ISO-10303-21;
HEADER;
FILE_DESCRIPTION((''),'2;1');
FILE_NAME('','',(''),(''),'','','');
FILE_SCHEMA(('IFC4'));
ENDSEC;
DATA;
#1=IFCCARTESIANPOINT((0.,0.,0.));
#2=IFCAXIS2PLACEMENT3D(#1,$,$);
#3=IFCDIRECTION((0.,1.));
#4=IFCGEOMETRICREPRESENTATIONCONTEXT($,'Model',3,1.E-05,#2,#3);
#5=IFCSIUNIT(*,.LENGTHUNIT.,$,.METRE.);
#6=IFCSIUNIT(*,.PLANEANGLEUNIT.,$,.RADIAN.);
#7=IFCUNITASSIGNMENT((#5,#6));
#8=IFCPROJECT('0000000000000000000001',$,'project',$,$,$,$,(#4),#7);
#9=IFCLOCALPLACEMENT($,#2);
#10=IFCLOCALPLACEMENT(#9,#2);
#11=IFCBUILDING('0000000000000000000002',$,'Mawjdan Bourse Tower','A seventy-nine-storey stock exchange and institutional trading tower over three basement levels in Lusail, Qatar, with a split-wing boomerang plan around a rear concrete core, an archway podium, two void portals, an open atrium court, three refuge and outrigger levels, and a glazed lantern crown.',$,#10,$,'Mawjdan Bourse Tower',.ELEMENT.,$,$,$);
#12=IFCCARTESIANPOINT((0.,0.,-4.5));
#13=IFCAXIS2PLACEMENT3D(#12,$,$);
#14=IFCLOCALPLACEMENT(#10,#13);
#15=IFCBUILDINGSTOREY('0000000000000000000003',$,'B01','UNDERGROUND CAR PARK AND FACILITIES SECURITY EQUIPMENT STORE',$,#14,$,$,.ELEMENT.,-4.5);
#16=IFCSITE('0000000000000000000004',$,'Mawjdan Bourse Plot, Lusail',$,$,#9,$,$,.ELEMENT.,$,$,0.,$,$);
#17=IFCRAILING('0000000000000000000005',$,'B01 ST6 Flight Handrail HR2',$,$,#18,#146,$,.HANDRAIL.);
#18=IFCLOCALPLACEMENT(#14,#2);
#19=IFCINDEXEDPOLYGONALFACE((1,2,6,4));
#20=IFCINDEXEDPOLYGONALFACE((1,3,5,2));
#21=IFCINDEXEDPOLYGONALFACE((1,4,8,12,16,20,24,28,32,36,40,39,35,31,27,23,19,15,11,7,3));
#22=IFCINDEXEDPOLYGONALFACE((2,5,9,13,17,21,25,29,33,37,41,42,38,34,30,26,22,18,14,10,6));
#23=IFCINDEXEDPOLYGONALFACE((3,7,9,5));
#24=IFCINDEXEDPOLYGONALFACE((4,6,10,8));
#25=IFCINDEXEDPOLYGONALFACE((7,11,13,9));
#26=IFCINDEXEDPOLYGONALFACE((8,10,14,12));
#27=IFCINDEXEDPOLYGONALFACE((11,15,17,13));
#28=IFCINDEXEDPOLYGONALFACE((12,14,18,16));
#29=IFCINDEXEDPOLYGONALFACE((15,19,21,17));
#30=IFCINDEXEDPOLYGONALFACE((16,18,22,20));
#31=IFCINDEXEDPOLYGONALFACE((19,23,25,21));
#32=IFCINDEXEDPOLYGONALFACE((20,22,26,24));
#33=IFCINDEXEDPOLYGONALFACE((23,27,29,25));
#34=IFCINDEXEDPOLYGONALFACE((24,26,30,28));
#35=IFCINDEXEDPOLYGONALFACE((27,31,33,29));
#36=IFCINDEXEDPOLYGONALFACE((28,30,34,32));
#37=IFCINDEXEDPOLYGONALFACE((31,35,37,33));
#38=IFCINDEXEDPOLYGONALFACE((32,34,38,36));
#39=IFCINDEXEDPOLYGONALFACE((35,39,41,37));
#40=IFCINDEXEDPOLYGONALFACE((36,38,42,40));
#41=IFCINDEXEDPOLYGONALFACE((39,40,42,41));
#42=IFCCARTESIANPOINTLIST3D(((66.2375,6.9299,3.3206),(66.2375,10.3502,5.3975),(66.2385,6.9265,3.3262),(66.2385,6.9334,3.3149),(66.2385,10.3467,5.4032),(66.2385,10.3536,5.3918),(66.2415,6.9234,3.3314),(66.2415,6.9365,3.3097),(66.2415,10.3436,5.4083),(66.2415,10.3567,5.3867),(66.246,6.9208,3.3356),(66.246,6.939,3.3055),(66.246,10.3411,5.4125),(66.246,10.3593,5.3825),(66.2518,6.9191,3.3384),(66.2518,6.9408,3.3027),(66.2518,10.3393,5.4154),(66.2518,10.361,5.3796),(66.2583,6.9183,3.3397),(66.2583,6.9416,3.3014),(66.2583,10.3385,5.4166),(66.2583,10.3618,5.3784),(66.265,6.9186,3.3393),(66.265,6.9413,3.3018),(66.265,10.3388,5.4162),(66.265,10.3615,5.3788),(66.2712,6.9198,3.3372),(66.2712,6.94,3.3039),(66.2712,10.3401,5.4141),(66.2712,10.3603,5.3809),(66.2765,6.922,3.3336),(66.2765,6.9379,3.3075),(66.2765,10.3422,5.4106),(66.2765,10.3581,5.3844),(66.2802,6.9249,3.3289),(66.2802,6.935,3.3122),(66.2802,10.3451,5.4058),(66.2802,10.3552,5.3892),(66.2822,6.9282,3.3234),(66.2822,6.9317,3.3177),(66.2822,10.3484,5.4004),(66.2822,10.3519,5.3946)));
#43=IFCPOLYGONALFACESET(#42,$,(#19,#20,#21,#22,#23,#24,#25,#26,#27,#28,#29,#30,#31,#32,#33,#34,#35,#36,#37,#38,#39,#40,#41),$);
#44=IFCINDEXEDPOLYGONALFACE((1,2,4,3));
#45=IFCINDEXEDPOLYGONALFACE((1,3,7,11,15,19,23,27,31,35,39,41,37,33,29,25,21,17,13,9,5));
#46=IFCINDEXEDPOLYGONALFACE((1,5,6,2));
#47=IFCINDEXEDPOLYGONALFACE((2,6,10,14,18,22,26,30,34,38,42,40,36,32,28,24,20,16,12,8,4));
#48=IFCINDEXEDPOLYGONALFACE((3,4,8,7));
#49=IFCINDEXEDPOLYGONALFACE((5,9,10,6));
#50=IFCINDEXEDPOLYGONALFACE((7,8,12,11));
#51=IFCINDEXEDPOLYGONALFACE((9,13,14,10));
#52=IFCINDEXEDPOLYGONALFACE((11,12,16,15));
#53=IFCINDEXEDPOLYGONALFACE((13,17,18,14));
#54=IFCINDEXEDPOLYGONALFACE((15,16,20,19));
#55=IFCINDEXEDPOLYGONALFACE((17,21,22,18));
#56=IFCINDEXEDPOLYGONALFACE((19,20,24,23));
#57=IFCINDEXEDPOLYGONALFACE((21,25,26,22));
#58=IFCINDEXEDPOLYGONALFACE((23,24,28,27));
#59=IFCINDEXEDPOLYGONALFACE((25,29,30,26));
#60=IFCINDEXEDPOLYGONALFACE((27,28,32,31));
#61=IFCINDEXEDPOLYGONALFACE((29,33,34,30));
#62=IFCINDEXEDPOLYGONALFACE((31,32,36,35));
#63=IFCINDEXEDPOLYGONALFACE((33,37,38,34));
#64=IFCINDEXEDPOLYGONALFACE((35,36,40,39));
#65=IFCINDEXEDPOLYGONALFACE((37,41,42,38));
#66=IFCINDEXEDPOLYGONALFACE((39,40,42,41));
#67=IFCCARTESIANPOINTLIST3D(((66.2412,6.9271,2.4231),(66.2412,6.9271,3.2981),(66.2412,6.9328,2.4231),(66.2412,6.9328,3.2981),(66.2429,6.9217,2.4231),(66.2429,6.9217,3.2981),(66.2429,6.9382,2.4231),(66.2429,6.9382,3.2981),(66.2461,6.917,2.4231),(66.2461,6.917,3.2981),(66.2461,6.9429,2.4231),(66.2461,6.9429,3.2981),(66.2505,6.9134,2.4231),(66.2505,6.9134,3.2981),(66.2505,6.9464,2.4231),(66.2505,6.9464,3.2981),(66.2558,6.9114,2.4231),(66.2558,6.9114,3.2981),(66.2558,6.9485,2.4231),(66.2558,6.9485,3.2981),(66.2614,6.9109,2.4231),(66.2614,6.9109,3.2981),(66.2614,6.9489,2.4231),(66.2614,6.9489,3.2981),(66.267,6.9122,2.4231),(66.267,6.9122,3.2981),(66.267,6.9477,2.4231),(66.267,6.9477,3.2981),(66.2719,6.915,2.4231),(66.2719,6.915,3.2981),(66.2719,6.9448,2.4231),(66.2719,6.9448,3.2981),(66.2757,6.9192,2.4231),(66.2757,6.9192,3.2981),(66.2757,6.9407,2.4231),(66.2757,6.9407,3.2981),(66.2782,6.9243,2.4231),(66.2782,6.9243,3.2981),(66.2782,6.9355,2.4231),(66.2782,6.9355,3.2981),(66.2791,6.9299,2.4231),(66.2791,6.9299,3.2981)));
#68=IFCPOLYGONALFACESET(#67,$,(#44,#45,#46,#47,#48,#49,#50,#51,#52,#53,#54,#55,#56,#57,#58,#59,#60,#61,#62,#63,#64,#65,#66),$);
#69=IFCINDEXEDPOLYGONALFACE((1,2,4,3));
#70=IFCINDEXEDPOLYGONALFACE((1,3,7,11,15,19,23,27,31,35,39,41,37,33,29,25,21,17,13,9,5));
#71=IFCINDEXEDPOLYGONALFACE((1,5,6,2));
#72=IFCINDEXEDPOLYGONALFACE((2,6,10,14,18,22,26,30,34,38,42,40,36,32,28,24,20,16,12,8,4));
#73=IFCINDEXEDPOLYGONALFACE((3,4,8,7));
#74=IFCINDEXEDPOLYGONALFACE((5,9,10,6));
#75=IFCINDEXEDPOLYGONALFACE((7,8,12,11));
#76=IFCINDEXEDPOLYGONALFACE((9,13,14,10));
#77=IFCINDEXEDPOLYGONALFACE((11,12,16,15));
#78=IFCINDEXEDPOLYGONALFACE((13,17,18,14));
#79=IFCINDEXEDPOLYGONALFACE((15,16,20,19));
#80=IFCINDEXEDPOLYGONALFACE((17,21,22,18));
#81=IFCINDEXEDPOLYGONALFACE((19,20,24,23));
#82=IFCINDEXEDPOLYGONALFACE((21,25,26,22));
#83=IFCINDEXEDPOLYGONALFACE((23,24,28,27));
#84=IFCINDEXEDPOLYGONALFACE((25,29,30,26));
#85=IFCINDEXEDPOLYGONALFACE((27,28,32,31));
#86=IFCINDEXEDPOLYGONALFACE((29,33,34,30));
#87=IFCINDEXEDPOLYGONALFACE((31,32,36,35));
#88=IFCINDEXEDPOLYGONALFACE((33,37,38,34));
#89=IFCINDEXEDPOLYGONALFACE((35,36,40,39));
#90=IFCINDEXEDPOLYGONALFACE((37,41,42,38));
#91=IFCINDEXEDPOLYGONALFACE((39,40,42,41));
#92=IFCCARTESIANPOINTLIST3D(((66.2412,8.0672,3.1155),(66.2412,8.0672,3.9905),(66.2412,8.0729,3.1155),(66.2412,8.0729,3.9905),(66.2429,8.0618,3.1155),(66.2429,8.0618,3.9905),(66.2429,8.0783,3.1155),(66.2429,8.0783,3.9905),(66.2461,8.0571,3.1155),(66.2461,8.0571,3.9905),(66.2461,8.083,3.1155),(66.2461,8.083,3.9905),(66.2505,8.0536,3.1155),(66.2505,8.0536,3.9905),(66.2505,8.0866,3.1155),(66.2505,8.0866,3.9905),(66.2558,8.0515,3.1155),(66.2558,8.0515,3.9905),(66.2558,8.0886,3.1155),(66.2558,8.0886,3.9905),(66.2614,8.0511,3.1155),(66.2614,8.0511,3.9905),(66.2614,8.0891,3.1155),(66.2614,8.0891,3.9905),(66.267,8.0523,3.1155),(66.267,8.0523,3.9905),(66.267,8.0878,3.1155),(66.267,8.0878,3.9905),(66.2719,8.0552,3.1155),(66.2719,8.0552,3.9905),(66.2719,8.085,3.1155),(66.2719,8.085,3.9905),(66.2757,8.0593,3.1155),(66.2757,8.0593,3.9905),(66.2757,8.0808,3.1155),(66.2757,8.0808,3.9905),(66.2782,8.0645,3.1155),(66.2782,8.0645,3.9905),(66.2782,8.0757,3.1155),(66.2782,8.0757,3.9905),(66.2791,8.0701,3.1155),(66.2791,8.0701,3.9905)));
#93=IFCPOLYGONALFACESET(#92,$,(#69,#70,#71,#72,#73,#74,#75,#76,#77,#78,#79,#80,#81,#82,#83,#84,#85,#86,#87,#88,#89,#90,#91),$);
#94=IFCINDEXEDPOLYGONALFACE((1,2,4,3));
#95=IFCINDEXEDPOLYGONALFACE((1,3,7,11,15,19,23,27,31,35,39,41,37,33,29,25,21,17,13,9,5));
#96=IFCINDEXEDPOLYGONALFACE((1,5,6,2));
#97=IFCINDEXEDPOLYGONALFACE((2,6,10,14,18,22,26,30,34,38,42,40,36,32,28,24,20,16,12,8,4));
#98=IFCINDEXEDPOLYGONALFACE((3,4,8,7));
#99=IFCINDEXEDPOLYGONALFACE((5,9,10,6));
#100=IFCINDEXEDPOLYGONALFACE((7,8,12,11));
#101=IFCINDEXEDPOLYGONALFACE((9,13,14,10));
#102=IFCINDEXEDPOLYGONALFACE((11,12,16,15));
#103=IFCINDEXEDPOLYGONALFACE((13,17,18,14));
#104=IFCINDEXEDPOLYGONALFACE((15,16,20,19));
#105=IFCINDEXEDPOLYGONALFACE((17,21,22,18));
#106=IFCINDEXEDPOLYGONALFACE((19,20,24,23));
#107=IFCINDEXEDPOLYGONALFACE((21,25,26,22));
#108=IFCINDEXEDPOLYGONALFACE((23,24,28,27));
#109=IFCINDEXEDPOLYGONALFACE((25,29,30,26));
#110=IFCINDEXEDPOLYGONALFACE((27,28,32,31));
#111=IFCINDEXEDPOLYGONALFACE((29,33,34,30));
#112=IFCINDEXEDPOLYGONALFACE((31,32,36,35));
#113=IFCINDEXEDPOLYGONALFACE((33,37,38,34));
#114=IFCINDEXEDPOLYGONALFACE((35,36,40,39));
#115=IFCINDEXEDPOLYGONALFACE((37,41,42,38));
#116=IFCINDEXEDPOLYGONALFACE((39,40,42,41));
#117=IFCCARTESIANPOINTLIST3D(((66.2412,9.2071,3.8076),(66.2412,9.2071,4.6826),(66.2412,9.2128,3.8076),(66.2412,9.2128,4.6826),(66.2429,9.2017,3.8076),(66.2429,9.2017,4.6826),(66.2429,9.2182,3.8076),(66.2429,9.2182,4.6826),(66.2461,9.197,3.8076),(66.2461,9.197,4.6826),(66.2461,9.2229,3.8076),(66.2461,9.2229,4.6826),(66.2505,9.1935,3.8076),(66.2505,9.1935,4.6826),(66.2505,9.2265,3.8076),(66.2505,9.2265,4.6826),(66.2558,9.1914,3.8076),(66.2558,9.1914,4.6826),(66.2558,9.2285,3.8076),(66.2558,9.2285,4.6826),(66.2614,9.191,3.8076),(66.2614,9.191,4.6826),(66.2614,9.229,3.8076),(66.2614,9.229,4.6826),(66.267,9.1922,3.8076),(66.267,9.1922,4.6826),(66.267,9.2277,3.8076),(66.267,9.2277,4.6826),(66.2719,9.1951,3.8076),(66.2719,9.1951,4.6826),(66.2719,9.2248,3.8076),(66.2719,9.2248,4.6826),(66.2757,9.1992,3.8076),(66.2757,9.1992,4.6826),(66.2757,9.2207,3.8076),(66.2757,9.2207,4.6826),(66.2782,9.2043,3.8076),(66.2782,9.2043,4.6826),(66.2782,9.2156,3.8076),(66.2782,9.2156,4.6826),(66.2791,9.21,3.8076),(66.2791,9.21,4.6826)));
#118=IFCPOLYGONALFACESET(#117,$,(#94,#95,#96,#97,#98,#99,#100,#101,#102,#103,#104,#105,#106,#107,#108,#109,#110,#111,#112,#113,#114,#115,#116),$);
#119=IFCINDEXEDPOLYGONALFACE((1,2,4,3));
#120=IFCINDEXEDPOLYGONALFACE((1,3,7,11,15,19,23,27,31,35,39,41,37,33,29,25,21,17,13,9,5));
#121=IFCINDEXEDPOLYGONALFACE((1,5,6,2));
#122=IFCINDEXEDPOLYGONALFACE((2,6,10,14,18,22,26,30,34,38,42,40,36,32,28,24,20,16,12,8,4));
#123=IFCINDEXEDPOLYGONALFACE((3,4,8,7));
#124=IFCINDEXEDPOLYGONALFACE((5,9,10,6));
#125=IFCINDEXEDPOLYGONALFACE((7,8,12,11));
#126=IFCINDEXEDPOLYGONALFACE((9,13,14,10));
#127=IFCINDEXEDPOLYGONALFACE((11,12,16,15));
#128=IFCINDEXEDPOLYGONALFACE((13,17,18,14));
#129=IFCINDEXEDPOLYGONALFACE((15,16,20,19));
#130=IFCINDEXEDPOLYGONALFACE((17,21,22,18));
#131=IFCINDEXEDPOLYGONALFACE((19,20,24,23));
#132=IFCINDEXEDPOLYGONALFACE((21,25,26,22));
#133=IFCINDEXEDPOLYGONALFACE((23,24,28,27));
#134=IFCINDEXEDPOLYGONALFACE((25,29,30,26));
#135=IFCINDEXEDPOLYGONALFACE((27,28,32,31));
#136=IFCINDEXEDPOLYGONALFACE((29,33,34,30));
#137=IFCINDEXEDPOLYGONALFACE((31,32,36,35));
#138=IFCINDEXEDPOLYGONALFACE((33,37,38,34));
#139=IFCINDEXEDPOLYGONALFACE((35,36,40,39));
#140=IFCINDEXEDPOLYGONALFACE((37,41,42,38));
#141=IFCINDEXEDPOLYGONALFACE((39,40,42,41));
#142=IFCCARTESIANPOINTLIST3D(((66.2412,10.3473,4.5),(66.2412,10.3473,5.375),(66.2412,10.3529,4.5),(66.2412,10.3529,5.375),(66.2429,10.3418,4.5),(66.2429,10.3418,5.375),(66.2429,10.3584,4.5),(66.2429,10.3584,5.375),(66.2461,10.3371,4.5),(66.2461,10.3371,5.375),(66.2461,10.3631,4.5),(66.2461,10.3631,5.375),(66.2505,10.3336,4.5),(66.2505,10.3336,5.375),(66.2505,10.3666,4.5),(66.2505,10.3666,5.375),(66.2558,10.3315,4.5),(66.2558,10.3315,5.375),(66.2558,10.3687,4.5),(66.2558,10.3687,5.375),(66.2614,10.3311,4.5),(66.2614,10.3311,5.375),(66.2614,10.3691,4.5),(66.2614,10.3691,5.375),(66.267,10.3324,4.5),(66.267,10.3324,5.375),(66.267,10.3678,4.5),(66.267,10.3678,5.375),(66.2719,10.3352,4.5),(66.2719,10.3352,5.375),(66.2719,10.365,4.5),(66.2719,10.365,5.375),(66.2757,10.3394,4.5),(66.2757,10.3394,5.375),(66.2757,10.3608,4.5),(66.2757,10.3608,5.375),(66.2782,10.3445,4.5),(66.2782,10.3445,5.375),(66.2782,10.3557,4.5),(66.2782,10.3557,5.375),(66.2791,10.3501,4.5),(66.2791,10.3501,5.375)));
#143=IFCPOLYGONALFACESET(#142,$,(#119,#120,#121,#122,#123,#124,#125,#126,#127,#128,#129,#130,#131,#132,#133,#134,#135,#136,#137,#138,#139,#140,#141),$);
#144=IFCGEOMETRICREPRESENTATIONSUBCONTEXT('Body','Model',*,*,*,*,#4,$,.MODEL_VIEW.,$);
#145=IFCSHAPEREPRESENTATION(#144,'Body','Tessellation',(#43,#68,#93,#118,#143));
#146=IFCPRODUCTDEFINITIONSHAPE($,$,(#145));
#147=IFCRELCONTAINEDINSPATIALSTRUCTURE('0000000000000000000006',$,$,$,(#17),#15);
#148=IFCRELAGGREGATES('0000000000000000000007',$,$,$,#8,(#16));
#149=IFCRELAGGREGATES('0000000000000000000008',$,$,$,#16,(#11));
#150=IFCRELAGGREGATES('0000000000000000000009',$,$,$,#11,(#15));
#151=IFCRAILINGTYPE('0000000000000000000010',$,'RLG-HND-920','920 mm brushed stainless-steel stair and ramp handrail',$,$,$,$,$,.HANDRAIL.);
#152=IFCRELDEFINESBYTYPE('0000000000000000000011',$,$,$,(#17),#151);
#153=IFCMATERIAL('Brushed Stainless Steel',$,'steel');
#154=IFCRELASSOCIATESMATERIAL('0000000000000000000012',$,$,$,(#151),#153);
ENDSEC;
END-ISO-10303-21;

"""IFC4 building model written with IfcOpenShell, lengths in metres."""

from ifc_helpers import new_model, si_unit, direction, frame, origin, origin_2d, place, context, subcontext, project, spatial, circle, extrude, material, type_object, element, save


model = new_model("IFC4")

# Units and contexts
model_context = context("Model", 3, precision=1e-05, world=origin(), true_north=direction((0.0, 1.0)))
body_context = subcontext(model_context, "Body", "Model", "MODEL_VIEW")
ifc_project = project(units=[si_unit("LENGTHUNIT", "METRE"), si_unit("PLANEANGLEUNIT", "RADIAN")], contexts=[model_context])

# Site, building, storey
site_placement = place(None, origin())
site = spatial("IfcSite", under=ifc_project, at=site_placement, Name="Mawjdan Bourse Plot, Lusail", CompositionType="ELEMENT", RefElevation=0.0)
building_placement = place(site_placement, origin())
building = spatial("IfcBuilding", under=site, at=building_placement, Name="Mawjdan Bourse Tower", Description="A seventy-nine-storey stock exchange and institutional trading tower over three basement levels in Lusail, Qatar, with a split-wing boomerang plan around a rear concrete core, an archway podium, two void portals, an open atrium court, three refuge and outrigger levels, and a glazed lantern crown.", LongName="Mawjdan Bourse Tower", CompositionType="ELEMENT")
storey_placement = place(building_placement, frame((0.0, 0.0, -4.5)))
storey = spatial("IfcBuildingStorey", under=building, at=storey_placement, Name="B01", Description="UNDERGROUND CAR PARK AND FACILITIES SECURITY EQUIPMENT STORE", CompositionType="ELEMENT", Elevation=-4.5)

# Railing
ifc_material_1 = material(Name="Brushed Stainless Steel", Category="steel")
railing_type_1 = type_object("IfcRailingType", Name="RLG-HND-920", Description="920 mm brushed stainless-steel stair and ramp handrail", PredefinedType="HANDRAIL", material=ifc_material_1)
railing_1_placement = place(storey_placement, frame((66.26, 6.9299, 2.4231)))
element("IfcRailing", 1, at=railing_1_placement, inside=storey, type_object=railing_type_1, Name="B01 ST6 Flight Handrail HR2", PredefinedType="HANDRAIL", context=body_context, shape_type="SweptSolid", body=[
    extrude(circle(Radius=0.0225, at=origin_2d()), frame((0.0, 0.0, 0.8975), z_axis=(0.0, 0.854746, 0.519047), x_axis=(-1.0, 0.0, 0.0)), (0.0, 0.0, 1.0), 4.0015),
    extrude(circle(Radius=0.019, at=origin_2d()), origin(), (0.0, 0.0, 1.0), 0.875),
    extrude(circle(Radius=0.019, at=origin_2d()), frame((0.0, 1.1401, 0.6924)), (0.0, 0.0, 1.0), 0.875),
    extrude(circle(Radius=0.019, at=origin_2d()), frame((0.0, 2.28, 1.3845)), (0.0, 0.0, 1.0), 0.875),
    extrude(circle(Radius=0.019, at=origin_2d()), frame((0.0, 3.4202, 2.0769)), (0.0, 0.0, 1.0), 0.875),
])

save(model, "model.ifc")
